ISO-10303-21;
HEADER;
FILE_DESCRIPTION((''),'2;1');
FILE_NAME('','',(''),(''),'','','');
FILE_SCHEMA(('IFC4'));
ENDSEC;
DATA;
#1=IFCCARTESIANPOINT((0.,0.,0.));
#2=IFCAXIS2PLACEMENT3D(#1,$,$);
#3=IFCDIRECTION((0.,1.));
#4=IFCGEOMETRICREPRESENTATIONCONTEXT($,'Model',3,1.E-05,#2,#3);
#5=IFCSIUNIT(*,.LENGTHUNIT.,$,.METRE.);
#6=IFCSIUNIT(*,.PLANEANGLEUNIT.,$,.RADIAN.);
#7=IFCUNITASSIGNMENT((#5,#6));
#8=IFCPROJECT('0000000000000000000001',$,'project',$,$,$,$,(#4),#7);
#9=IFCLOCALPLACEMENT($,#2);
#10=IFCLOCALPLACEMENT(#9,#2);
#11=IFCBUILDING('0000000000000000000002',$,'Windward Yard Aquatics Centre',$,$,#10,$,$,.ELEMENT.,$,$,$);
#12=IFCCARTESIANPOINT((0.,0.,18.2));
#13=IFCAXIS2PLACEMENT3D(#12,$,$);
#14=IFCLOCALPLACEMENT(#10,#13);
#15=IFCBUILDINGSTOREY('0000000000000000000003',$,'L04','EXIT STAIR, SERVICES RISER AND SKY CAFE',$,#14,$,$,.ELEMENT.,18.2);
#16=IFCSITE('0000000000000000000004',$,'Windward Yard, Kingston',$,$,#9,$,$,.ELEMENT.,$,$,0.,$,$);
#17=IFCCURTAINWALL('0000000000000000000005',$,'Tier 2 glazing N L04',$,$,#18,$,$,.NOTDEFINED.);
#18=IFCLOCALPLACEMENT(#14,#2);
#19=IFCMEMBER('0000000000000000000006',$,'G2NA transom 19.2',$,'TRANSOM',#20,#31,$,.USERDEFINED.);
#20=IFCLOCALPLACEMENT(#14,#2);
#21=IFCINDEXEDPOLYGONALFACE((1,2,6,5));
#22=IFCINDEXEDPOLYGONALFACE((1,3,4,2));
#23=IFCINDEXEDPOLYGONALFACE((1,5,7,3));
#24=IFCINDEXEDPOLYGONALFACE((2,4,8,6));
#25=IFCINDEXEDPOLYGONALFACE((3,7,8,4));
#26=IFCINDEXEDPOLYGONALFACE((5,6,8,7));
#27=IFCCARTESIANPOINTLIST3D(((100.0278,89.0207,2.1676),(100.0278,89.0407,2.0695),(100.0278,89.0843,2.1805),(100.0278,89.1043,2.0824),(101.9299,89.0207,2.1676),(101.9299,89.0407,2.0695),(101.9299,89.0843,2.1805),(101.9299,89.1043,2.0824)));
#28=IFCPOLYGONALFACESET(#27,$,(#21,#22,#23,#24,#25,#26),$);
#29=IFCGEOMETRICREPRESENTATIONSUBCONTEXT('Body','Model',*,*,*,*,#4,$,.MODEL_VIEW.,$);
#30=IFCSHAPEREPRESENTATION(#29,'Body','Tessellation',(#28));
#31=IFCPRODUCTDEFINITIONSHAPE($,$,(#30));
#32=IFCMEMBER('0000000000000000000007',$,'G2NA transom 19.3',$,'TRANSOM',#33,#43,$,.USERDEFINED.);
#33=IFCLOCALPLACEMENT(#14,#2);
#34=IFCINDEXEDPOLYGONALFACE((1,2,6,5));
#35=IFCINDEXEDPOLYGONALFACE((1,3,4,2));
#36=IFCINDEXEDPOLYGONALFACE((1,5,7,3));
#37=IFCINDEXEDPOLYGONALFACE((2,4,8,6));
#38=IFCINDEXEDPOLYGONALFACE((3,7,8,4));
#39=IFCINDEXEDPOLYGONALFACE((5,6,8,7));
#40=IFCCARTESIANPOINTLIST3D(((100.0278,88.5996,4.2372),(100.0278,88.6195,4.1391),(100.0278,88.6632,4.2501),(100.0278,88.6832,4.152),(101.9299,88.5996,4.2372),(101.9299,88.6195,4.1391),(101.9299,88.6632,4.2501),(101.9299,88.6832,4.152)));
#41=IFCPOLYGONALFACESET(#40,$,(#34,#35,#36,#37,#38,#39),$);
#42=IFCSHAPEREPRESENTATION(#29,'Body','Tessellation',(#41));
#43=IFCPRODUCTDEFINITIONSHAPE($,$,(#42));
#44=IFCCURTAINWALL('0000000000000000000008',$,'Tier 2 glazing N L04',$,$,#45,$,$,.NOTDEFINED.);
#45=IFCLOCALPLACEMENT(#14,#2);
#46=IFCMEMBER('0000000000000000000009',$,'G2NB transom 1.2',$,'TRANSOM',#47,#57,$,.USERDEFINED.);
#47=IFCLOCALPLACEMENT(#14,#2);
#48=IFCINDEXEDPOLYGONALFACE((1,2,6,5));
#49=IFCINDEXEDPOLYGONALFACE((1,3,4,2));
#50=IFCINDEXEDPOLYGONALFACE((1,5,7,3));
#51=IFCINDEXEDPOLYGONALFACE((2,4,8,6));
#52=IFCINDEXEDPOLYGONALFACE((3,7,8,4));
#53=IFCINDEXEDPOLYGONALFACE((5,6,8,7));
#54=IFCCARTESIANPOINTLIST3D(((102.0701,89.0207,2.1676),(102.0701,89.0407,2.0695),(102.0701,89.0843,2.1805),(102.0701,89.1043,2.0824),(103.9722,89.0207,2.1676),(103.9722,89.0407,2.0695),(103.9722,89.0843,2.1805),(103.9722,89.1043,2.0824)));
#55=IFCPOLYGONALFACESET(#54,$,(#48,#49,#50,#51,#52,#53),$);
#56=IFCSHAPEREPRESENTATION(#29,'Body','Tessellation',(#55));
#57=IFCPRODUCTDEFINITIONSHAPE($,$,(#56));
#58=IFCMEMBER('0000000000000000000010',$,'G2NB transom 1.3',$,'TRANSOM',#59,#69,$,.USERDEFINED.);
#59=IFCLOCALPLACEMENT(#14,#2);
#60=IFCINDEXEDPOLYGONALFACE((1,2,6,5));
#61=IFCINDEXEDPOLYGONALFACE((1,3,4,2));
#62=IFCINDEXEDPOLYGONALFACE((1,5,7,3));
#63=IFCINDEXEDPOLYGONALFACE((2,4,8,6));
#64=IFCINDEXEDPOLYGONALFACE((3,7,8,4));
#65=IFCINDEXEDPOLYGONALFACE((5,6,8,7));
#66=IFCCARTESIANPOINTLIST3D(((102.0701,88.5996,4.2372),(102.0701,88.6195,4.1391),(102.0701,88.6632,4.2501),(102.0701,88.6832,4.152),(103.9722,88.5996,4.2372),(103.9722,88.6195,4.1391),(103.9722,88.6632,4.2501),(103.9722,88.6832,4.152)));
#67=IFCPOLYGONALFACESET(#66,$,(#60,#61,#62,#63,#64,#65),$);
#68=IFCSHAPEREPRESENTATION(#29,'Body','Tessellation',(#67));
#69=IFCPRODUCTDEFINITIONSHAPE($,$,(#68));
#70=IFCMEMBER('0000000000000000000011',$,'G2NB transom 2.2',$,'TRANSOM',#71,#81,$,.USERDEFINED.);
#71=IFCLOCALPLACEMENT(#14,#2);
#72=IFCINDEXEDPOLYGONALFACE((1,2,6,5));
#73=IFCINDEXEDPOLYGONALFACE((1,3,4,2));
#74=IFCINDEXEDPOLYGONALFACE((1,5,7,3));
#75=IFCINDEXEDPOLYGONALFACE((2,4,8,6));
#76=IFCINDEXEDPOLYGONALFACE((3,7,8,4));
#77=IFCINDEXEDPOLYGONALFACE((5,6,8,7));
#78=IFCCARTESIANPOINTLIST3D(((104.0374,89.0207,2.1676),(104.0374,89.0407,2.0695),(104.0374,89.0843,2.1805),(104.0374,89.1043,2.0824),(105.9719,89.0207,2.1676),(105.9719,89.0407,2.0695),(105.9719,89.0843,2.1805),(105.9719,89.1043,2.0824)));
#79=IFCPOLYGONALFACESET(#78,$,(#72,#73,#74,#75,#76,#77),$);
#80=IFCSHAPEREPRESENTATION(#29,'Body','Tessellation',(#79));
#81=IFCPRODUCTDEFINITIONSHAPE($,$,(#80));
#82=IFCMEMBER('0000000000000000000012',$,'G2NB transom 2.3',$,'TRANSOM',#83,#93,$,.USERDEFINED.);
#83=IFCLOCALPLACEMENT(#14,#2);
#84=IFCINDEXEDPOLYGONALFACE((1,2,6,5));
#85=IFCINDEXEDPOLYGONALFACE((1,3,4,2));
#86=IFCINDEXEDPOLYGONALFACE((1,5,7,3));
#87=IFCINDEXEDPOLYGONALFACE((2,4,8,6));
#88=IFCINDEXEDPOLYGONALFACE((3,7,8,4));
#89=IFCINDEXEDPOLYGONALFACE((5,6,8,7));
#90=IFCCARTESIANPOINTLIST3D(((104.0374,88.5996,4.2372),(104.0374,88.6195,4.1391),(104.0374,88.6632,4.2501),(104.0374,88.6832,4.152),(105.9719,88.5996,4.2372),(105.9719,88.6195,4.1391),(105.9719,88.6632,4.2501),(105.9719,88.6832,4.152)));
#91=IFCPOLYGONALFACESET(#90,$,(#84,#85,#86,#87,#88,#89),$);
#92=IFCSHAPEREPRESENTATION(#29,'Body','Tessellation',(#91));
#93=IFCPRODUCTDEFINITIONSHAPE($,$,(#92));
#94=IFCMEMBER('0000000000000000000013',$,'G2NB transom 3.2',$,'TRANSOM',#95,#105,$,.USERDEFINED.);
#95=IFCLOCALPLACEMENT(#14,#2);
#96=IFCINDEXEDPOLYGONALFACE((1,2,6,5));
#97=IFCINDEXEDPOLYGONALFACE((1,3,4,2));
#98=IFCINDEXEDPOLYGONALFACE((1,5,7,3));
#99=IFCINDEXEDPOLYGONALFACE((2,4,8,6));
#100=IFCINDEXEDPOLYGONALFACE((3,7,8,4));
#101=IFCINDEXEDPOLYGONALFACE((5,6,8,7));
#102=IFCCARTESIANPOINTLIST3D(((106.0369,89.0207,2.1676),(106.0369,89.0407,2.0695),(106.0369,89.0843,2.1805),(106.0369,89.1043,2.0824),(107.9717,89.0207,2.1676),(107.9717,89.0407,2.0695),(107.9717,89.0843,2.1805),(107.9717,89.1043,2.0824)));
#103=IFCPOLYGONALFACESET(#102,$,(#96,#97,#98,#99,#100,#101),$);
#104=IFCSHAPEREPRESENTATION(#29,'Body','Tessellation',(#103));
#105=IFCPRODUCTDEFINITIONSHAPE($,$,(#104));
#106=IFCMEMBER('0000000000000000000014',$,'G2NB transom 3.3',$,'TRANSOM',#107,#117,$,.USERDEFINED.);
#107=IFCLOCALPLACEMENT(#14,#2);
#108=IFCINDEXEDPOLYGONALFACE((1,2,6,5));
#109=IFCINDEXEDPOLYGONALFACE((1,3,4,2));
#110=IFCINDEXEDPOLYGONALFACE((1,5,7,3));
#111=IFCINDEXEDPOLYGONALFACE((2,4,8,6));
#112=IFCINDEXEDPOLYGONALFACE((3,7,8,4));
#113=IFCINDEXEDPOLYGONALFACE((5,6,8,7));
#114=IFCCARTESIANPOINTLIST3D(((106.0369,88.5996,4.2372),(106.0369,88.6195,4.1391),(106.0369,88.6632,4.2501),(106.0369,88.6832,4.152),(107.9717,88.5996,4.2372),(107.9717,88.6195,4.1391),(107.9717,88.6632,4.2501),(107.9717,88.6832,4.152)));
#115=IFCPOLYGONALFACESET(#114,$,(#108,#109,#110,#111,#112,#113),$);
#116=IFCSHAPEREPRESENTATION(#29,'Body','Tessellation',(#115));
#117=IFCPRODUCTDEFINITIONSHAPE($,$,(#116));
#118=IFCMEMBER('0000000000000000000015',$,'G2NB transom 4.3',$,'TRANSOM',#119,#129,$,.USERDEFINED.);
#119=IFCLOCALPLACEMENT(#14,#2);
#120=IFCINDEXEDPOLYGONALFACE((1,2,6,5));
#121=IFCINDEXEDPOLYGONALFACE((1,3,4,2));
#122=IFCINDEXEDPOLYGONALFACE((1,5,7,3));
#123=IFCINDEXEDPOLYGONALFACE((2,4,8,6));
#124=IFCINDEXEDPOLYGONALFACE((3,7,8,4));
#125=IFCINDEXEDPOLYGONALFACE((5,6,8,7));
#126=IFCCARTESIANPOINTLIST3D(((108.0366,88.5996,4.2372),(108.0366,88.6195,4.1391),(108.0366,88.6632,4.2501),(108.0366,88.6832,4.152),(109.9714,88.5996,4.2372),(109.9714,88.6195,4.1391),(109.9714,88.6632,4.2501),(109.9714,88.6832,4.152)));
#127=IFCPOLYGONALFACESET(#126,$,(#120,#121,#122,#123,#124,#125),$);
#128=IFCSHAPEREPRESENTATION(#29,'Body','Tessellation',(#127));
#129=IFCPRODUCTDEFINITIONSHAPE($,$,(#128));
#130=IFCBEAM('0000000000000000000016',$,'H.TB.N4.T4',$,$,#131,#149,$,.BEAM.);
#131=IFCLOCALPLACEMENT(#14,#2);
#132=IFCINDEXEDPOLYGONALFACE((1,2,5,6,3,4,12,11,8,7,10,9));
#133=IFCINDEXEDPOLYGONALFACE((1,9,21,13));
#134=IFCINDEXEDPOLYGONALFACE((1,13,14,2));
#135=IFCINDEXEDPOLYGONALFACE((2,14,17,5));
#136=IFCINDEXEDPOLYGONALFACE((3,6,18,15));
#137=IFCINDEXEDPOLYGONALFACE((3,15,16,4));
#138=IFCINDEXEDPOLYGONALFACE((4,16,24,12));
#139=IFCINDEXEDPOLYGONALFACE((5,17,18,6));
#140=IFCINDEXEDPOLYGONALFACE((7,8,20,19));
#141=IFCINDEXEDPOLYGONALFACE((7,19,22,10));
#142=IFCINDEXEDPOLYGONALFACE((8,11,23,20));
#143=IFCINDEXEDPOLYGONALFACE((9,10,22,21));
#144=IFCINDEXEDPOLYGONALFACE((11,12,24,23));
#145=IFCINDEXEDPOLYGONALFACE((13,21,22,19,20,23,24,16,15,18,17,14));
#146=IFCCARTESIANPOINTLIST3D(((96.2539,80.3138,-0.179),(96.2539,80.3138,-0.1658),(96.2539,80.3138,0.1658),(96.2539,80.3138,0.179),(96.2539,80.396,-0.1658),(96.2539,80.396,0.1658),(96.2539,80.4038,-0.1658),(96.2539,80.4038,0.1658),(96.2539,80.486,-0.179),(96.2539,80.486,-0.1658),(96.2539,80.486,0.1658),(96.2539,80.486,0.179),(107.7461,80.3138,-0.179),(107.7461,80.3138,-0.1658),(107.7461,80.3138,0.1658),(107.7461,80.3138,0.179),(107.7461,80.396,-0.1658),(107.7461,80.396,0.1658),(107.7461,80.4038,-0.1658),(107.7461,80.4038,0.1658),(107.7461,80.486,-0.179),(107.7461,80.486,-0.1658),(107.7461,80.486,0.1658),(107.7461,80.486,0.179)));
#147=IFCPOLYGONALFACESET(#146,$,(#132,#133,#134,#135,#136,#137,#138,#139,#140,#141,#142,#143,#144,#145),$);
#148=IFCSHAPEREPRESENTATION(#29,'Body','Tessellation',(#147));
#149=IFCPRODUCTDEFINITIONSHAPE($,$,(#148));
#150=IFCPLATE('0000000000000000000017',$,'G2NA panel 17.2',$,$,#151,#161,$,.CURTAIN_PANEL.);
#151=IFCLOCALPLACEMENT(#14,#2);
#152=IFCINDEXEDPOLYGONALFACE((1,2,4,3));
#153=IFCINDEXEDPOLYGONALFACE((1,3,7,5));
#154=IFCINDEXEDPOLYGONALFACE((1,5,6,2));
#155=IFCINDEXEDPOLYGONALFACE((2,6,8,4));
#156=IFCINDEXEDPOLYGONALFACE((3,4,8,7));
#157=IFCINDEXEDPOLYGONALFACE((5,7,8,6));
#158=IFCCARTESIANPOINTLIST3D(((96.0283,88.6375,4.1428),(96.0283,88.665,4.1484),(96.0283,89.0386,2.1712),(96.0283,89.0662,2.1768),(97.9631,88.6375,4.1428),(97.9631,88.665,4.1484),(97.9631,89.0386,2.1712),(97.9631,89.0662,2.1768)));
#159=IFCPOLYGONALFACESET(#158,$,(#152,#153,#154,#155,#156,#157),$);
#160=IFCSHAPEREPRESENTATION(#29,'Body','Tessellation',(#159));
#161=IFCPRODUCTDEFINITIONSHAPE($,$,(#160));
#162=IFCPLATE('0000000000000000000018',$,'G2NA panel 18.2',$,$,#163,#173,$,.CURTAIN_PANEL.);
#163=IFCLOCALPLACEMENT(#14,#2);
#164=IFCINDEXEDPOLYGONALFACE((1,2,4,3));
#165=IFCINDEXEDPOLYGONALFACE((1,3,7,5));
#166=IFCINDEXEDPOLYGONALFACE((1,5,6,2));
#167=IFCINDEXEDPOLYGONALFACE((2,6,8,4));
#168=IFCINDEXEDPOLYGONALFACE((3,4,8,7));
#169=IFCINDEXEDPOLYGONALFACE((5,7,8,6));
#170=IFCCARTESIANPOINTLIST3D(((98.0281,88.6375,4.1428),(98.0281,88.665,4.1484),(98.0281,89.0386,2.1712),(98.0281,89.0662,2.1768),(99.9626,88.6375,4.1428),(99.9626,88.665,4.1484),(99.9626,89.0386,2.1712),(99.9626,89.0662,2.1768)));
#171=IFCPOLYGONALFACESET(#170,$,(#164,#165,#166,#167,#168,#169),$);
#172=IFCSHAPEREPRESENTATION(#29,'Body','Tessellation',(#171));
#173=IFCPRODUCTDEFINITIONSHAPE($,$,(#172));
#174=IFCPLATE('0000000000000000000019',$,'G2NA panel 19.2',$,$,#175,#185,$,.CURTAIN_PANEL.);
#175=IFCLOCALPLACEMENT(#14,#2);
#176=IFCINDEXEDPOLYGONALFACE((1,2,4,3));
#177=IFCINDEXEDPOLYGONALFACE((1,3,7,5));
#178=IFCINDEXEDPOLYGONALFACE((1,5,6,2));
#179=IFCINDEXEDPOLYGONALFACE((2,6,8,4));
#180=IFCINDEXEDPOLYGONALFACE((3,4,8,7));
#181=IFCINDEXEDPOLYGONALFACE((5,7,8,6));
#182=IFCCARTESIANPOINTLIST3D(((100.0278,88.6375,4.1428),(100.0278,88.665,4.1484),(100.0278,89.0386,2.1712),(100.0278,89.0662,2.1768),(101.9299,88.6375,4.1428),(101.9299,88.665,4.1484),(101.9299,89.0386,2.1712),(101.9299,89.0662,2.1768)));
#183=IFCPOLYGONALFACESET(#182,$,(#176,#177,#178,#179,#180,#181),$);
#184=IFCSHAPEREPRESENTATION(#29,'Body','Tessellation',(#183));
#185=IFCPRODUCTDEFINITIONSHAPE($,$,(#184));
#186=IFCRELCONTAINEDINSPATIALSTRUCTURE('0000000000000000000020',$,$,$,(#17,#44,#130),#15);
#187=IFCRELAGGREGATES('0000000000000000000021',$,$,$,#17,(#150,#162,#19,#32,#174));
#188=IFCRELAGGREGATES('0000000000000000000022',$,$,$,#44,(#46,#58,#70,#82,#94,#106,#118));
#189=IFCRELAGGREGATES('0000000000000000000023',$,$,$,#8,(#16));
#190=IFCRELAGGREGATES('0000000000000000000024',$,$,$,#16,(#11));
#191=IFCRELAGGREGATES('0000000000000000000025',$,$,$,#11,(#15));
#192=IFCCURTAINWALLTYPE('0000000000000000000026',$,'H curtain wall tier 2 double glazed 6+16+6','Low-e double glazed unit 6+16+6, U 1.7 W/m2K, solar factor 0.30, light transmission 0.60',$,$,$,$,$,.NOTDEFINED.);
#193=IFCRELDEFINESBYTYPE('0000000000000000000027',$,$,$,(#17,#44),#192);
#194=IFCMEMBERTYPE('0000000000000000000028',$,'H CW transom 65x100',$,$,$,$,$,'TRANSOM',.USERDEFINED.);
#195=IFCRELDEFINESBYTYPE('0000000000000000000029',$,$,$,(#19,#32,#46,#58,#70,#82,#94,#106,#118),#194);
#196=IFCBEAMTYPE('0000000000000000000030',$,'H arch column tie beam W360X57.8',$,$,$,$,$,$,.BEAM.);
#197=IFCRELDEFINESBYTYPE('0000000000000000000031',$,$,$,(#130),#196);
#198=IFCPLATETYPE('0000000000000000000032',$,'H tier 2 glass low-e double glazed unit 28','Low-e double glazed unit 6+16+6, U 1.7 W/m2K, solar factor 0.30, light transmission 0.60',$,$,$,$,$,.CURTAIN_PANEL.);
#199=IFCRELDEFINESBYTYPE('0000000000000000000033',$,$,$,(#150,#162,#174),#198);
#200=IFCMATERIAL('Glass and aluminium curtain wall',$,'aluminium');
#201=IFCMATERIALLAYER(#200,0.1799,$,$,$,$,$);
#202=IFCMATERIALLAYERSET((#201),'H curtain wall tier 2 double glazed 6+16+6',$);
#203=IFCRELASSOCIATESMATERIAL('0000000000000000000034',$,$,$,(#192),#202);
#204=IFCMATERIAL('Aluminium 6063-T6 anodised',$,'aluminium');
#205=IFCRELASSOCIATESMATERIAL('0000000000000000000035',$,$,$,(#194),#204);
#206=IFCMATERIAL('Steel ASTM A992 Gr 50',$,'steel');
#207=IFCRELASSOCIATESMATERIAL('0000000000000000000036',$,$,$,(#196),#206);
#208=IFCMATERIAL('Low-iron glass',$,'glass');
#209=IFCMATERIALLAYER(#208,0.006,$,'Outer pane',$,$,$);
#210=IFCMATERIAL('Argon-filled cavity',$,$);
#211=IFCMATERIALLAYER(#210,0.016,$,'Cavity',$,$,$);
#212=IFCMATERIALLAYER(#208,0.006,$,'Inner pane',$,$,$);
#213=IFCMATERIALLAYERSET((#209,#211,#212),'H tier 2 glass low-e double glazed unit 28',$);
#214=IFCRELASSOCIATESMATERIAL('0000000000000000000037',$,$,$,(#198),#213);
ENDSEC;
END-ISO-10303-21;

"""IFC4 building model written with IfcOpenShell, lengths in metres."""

from ifc_helpers import new_model, si_unit, direction, frame, origin, origin_2d, place, context, subcontext, project, spatial, polyline, rectangle, i_section, outline, extrude, material, layer, layer_set, material_profile, profile_set, type_object, element, aggregate, save


model = new_model("IFC4")

# Units and contexts
model_context = context("Model", 3, precision=1e-05, world=origin(), true_north=direction((0.0, 1.0)))
body_context = subcontext(model_context, "Body", "Model", "MODEL_VIEW")
ifc_project = project(units=[si_unit("LENGTHUNIT", "METRE"), si_unit("PLANEANGLEUNIT", "RADIAN")], contexts=[model_context])

# Site, building, storey
site_placement = place(None, origin())
site = spatial("IfcSite", under=ifc_project, at=site_placement, Name="Windward Yard, Kingston", CompositionType="ELEMENT", RefElevation=0.0)
building_placement = place(site_placement, origin())
building = spatial("IfcBuilding", under=site, at=building_placement, Name="Windward Yard Aquatics Centre", CompositionType="ELEMENT")
storey_placement = place(building_placement, frame((0.0, 0.0, 18.2)))
storey = spatial("IfcBuildingStorey", under=building, at=storey_placement, Name="L04", Description="EXIT STAIR, SERVICES RISER AND SKY CAFE", CompositionType="ELEMENT", Elevation=18.2)

# Curtain walls, members
ifc_material_1 = material(Name="Glass and aluminium curtain wall", Category="aluminium")
ifc_layer_1 = layer(ifc_material_1, 0.1799)
ifc_layer_set_1 = layer_set([ifc_layer_1], Name="H curtain wall tier 2 double glazed 6+16+6")
curtain_wall_type = type_object("IfcCurtainWallType", Name="H curtain wall tier 2 double glazed 6+16+6", Description="Low-e double glazed unit 6+16+6, U 1.7 W/m2K, solar factor 0.30, light transmission 0.60", PredefinedType="NOTDEFINED", material=ifc_layer_set_1)
curtain_wall_1_placement = place(storey_placement, origin())
curtain_wall_1 = element("IfcCurtainWall", 1, at=curtain_wall_1_placement, inside=storey, type_object=curtain_wall_type, Name="Tier 2 glazing N L04", PredefinedType="NOTDEFINED")
ifc_material_2 = material(Name="Aluminium 6063-T6 anodised", Category="aluminium")
ifc_material_profile_1 = material_profile(ifc_material_2, rectangle(XDim=0.0649, YDim=0.1001, at=origin_2d()), Name="H CW transom 65x100")
ifc_profile_set_1 = profile_set([ifc_material_profile_1], Name="Aluminium 6063-T6 anodised")
member_type = type_object("IfcMemberType", Name="H CW transom 65x100", ElementType="TRANSOM", PredefinedType="USERDEFINED", material=ifc_profile_set_1)
member_1_placement = place(storey_placement, frame((100.0278, 89.0625, 2.125), z_axis=(1.0, 0.0, 0.0), x_axis=(0.0, 0.979925, 0.199368)))
member_1 = element("IfcMember", 2, at=member_1_placement, type_object=member_type, Name="G2NA transom 19.2", ObjectType="TRANSOM", PredefinedType="USERDEFINED", context=body_context, shape_type="SweptSolid", body=[
    extrude(rectangle(XDim=0.0649, YDim=0.1001, at=origin_2d()), origin(), (0.0, 0.0, 1.0), 1.9021),
])
member_2_placement = place(storey_placement, frame((100.0278, 88.6414, 4.1946), z_axis=(1.0, 0.0, 0.0), x_axis=(0.0, 0.979925, 0.199368)))
member_2 = element("IfcMember", 3, at=member_2_placement, type_object=member_type, Name="G2NA transom 19.3", ObjectType="TRANSOM", PredefinedType="USERDEFINED", context=body_context, shape_type="SweptSolid", body=[
    extrude(rectangle(XDim=0.0649, YDim=0.1001, at=origin_2d()), origin(), (0.0, 0.0, 1.0), 1.9021),
])
curtain_wall_2_placement = place(storey_placement, origin())
curtain_wall_2 = element("IfcCurtainWall", 4, at=curtain_wall_2_placement, inside=storey, type_object=curtain_wall_type, Name="Tier 2 glazing N L04", PredefinedType="NOTDEFINED")
member_3_placement = place(storey_placement, frame((102.0701, 89.0625, 2.125), z_axis=(1.0, 0.0, 0.0), x_axis=(0.0, 0.979925, 0.199368)))
member_3 = element("IfcMember", 5, at=member_3_placement, type_object=member_type, Name="G2NB transom 1.2", ObjectType="TRANSOM", PredefinedType="USERDEFINED", context=body_context, shape_type="SweptSolid", body=[
    extrude(rectangle(XDim=0.0649, YDim=0.1001, at=origin_2d()), origin(), (0.0, 0.0, 1.0), 1.9021),
])
member_4_placement = place(storey_placement, frame((102.0701, 88.6414, 4.1946), z_axis=(1.0, 0.0, 0.0), x_axis=(0.0, 0.979925, 0.199368)))
member_4 = element("IfcMember", 6, at=member_4_placement, type_object=member_type, Name="G2NB transom 1.3", ObjectType="TRANSOM", PredefinedType="USERDEFINED", context=body_context, shape_type="SweptSolid", body=[
    extrude(rectangle(XDim=0.0649, YDim=0.1001, at=origin_2d()), origin(), (0.0, 0.0, 1.0), 1.9021),
])
member_5_placement = place(storey_placement, frame((104.0374, 89.0625, 2.125), z_axis=(1.0, 0.0, 0.0), x_axis=(0.0, 0.979925, 0.199368)))
member_5 = element("IfcMember", 7, at=member_5_placement, type_object=member_type, Name="G2NB transom 2.2", ObjectType="TRANSOM", PredefinedType="USERDEFINED", context=body_context, shape_type="SweptSolid", body=[
    extrude(rectangle(XDim=0.0649, YDim=0.1001, at=origin_2d()), origin(), (0.0, 0.0, 1.0), 1.9346),
])
member_6_placement = place(storey_placement, frame((104.0374, 88.6414, 4.1946), z_axis=(1.0, 0.0, 0.0), x_axis=(0.0, 0.979925, 0.199368)))
member_6 = element("IfcMember", 8, at=member_6_placement, type_object=member_type, Name="G2NB transom 2.3", ObjectType="TRANSOM", PredefinedType="USERDEFINED", context=body_context, shape_type="SweptSolid", body=[
    extrude(rectangle(XDim=0.0649, YDim=0.1001, at=origin_2d()), origin(), (0.0, 0.0, 1.0), 1.9346),
])
member_7_placement = place(storey_placement, frame((106.0369, 89.0625, 2.125), z_axis=(1.0, 0.0, 0.0), x_axis=(0.0, 0.979925, 0.199368)))
member_7 = element("IfcMember", 9, at=member_7_placement, type_object=member_type, Name="G2NB transom 3.2", ObjectType="TRANSOM", PredefinedType="USERDEFINED", context=body_context, shape_type="SweptSolid", body=[
    extrude(rectangle(XDim=0.0649, YDim=0.1001, at=origin_2d()), origin(), (0.0, 0.0, 1.0), 1.9348),
])
member_8_placement = place(storey_placement, frame((106.0369, 88.6414, 4.1946), z_axis=(1.0, 0.0, 0.0), x_axis=(0.0, 0.979925, 0.199368)))
member_8 = element("IfcMember", 10, at=member_8_placement, type_object=member_type, Name="G2NB transom 3.3", ObjectType="TRANSOM", PredefinedType="USERDEFINED", context=body_context, shape_type="SweptSolid", body=[
    extrude(rectangle(XDim=0.0649, YDim=0.1001, at=origin_2d()), origin(), (0.0, 0.0, 1.0), 1.9348),
])
member_9_placement = place(storey_placement, frame((108.0366, 88.6414, 4.1946), z_axis=(1.0, 0.0, 0.0), x_axis=(0.0, 0.979925, 0.199368)))
member_9 = element("IfcMember", 11, at=member_9_placement, type_object=member_type, Name="G2NB transom 4.3", ObjectType="TRANSOM", PredefinedType="USERDEFINED", context=body_context, shape_type="SweptSolid", body=[
    extrude(rectangle(XDim=0.0649, YDim=0.1001, at=origin_2d()), origin(), (0.0, 0.0, 1.0), 1.9348),
])

# Beam
ifc_material_3 = material(Name="Steel ASTM A992 Gr 50", Category="steel")
ifc_material_profile_2 = material_profile(ifc_material_3, i_section(OverallWidth=0.1721, OverallDepth=0.3579, WebThickness=0.0078, FlangeThickness=0.0132, at=origin_2d()), Name="W360X57.8")
ifc_profile_set_2 = profile_set([ifc_material_profile_2], Name="Steel ASTM A992 Gr 50")
beam_type = type_object("IfcBeamType", Name="H arch column tie beam W360X57.8", PredefinedType="BEAM", material=ifc_profile_set_2)
beam_placement = place(storey_placement, frame((96.2539, 80.3999, 0.0), z_axis=(1.0, 0.0, 0.0), x_axis=(0.0, 1.0, 0.0)))
element("IfcBeam", 12, at=beam_placement, inside=storey, type_object=beam_type, Name="H.TB.N4.T4", PredefinedType="BEAM", context=body_context, shape_type="SweptSolid", body=[
    extrude(i_section(OverallWidth=0.1721, OverallDepth=0.3579, WebThickness=0.0078, FlangeThickness=0.0132, at=origin_2d()), origin(), (0.0, 0.0, 1.0), 11.4922),
])

# Plates
ifc_material_4 = material(Name="Low-iron glass", Category="glass")
ifc_layer_2 = layer(ifc_material_4, 0.006, Name="Outer pane")
ifc_material_5 = material(Name="Argon-filled cavity")
ifc_layer_3 = layer(ifc_material_5, 0.016, Name="Cavity")
ifc_layer_4 = layer(ifc_material_4, 0.006, Name="Inner pane")
ifc_layer_set_2 = layer_set([ifc_layer_2, ifc_layer_3, ifc_layer_4], Name="H tier 2 glass low-e double glazed unit 28")
plate_type = type_object("IfcPlateType", Name="H tier 2 glass low-e double glazed unit 28", Description="Low-e double glazed unit 6+16+6, U 1.7 W/m2K, solar factor 0.30, light transmission 0.60", PredefinedType="CURTAIN_PANEL", material=ifc_layer_set_2)
plate_1_placement = place(storey_placement, frame((96.0283, 88.665, 4.1484), z_axis=(0.0, 0.979927, 0.199359), x_axis=(0.0, 0.199359, -0.979927)))
plate_1 = element("IfcPlate", 13, at=plate_1_placement, type_object=plate_type, Name="G2NA panel 17.2", PredefinedType="CURTAIN_PANEL", context=body_context, shape_type="SweptSolid", body=[
    extrude(outline(polyline([(0.0, 0.0), (2.0121, 0.0), (2.0121, -1.9348), (0.0, -1.9348), (0.0, 0.0)])), origin(), (0.0, 0.0, -1.0), 0.0281),
])
plate_2_placement = place(storey_placement, frame((98.0281, 88.665, 4.1484), z_axis=(0.0, 0.979927, 0.199359), x_axis=(0.0, 0.199359, -0.979927)))
plate_2 = element("IfcPlate", 14, at=plate_2_placement, type_object=plate_type, Name="G2NA panel 18.2", PredefinedType="CURTAIN_PANEL", context=body_context, shape_type="SweptSolid", body=[
    extrude(outline(polyline([(0.0, 0.0), (2.0121, 0.0), (2.0121, -1.9346), (0.0, -1.9346), (0.0, 0.0)])), origin(), (0.0, 0.0, -1.0), 0.0281),
])
plate_3_placement = place(storey_placement, frame((100.0278, 88.665, 4.1484), z_axis=(0.0, 0.979927, 0.199359), x_axis=(0.0, 0.199359, -0.979927)))
plate_3 = element("IfcPlate", 15, at=plate_3_placement, type_object=plate_type, Name="G2NA panel 19.2", PredefinedType="CURTAIN_PANEL", context=body_context, shape_type="SweptSolid", body=[
    extrude(outline(polyline([(0.0, 0.0), (2.0121, 0.0), (2.0121, -1.9021), (0.0, -1.9021), (0.0, 0.0)])), origin(), (0.0, 0.0, -1.0), 0.0281),
])
aggregate(curtain_wall_1, [plate_1, plate_2, member_1, member_2, plate_3])
aggregate(curtain_wall_2, [member_3, member_4, member_5, member_6, member_7, member_8, member_9])

save(model, "model.ifc")
